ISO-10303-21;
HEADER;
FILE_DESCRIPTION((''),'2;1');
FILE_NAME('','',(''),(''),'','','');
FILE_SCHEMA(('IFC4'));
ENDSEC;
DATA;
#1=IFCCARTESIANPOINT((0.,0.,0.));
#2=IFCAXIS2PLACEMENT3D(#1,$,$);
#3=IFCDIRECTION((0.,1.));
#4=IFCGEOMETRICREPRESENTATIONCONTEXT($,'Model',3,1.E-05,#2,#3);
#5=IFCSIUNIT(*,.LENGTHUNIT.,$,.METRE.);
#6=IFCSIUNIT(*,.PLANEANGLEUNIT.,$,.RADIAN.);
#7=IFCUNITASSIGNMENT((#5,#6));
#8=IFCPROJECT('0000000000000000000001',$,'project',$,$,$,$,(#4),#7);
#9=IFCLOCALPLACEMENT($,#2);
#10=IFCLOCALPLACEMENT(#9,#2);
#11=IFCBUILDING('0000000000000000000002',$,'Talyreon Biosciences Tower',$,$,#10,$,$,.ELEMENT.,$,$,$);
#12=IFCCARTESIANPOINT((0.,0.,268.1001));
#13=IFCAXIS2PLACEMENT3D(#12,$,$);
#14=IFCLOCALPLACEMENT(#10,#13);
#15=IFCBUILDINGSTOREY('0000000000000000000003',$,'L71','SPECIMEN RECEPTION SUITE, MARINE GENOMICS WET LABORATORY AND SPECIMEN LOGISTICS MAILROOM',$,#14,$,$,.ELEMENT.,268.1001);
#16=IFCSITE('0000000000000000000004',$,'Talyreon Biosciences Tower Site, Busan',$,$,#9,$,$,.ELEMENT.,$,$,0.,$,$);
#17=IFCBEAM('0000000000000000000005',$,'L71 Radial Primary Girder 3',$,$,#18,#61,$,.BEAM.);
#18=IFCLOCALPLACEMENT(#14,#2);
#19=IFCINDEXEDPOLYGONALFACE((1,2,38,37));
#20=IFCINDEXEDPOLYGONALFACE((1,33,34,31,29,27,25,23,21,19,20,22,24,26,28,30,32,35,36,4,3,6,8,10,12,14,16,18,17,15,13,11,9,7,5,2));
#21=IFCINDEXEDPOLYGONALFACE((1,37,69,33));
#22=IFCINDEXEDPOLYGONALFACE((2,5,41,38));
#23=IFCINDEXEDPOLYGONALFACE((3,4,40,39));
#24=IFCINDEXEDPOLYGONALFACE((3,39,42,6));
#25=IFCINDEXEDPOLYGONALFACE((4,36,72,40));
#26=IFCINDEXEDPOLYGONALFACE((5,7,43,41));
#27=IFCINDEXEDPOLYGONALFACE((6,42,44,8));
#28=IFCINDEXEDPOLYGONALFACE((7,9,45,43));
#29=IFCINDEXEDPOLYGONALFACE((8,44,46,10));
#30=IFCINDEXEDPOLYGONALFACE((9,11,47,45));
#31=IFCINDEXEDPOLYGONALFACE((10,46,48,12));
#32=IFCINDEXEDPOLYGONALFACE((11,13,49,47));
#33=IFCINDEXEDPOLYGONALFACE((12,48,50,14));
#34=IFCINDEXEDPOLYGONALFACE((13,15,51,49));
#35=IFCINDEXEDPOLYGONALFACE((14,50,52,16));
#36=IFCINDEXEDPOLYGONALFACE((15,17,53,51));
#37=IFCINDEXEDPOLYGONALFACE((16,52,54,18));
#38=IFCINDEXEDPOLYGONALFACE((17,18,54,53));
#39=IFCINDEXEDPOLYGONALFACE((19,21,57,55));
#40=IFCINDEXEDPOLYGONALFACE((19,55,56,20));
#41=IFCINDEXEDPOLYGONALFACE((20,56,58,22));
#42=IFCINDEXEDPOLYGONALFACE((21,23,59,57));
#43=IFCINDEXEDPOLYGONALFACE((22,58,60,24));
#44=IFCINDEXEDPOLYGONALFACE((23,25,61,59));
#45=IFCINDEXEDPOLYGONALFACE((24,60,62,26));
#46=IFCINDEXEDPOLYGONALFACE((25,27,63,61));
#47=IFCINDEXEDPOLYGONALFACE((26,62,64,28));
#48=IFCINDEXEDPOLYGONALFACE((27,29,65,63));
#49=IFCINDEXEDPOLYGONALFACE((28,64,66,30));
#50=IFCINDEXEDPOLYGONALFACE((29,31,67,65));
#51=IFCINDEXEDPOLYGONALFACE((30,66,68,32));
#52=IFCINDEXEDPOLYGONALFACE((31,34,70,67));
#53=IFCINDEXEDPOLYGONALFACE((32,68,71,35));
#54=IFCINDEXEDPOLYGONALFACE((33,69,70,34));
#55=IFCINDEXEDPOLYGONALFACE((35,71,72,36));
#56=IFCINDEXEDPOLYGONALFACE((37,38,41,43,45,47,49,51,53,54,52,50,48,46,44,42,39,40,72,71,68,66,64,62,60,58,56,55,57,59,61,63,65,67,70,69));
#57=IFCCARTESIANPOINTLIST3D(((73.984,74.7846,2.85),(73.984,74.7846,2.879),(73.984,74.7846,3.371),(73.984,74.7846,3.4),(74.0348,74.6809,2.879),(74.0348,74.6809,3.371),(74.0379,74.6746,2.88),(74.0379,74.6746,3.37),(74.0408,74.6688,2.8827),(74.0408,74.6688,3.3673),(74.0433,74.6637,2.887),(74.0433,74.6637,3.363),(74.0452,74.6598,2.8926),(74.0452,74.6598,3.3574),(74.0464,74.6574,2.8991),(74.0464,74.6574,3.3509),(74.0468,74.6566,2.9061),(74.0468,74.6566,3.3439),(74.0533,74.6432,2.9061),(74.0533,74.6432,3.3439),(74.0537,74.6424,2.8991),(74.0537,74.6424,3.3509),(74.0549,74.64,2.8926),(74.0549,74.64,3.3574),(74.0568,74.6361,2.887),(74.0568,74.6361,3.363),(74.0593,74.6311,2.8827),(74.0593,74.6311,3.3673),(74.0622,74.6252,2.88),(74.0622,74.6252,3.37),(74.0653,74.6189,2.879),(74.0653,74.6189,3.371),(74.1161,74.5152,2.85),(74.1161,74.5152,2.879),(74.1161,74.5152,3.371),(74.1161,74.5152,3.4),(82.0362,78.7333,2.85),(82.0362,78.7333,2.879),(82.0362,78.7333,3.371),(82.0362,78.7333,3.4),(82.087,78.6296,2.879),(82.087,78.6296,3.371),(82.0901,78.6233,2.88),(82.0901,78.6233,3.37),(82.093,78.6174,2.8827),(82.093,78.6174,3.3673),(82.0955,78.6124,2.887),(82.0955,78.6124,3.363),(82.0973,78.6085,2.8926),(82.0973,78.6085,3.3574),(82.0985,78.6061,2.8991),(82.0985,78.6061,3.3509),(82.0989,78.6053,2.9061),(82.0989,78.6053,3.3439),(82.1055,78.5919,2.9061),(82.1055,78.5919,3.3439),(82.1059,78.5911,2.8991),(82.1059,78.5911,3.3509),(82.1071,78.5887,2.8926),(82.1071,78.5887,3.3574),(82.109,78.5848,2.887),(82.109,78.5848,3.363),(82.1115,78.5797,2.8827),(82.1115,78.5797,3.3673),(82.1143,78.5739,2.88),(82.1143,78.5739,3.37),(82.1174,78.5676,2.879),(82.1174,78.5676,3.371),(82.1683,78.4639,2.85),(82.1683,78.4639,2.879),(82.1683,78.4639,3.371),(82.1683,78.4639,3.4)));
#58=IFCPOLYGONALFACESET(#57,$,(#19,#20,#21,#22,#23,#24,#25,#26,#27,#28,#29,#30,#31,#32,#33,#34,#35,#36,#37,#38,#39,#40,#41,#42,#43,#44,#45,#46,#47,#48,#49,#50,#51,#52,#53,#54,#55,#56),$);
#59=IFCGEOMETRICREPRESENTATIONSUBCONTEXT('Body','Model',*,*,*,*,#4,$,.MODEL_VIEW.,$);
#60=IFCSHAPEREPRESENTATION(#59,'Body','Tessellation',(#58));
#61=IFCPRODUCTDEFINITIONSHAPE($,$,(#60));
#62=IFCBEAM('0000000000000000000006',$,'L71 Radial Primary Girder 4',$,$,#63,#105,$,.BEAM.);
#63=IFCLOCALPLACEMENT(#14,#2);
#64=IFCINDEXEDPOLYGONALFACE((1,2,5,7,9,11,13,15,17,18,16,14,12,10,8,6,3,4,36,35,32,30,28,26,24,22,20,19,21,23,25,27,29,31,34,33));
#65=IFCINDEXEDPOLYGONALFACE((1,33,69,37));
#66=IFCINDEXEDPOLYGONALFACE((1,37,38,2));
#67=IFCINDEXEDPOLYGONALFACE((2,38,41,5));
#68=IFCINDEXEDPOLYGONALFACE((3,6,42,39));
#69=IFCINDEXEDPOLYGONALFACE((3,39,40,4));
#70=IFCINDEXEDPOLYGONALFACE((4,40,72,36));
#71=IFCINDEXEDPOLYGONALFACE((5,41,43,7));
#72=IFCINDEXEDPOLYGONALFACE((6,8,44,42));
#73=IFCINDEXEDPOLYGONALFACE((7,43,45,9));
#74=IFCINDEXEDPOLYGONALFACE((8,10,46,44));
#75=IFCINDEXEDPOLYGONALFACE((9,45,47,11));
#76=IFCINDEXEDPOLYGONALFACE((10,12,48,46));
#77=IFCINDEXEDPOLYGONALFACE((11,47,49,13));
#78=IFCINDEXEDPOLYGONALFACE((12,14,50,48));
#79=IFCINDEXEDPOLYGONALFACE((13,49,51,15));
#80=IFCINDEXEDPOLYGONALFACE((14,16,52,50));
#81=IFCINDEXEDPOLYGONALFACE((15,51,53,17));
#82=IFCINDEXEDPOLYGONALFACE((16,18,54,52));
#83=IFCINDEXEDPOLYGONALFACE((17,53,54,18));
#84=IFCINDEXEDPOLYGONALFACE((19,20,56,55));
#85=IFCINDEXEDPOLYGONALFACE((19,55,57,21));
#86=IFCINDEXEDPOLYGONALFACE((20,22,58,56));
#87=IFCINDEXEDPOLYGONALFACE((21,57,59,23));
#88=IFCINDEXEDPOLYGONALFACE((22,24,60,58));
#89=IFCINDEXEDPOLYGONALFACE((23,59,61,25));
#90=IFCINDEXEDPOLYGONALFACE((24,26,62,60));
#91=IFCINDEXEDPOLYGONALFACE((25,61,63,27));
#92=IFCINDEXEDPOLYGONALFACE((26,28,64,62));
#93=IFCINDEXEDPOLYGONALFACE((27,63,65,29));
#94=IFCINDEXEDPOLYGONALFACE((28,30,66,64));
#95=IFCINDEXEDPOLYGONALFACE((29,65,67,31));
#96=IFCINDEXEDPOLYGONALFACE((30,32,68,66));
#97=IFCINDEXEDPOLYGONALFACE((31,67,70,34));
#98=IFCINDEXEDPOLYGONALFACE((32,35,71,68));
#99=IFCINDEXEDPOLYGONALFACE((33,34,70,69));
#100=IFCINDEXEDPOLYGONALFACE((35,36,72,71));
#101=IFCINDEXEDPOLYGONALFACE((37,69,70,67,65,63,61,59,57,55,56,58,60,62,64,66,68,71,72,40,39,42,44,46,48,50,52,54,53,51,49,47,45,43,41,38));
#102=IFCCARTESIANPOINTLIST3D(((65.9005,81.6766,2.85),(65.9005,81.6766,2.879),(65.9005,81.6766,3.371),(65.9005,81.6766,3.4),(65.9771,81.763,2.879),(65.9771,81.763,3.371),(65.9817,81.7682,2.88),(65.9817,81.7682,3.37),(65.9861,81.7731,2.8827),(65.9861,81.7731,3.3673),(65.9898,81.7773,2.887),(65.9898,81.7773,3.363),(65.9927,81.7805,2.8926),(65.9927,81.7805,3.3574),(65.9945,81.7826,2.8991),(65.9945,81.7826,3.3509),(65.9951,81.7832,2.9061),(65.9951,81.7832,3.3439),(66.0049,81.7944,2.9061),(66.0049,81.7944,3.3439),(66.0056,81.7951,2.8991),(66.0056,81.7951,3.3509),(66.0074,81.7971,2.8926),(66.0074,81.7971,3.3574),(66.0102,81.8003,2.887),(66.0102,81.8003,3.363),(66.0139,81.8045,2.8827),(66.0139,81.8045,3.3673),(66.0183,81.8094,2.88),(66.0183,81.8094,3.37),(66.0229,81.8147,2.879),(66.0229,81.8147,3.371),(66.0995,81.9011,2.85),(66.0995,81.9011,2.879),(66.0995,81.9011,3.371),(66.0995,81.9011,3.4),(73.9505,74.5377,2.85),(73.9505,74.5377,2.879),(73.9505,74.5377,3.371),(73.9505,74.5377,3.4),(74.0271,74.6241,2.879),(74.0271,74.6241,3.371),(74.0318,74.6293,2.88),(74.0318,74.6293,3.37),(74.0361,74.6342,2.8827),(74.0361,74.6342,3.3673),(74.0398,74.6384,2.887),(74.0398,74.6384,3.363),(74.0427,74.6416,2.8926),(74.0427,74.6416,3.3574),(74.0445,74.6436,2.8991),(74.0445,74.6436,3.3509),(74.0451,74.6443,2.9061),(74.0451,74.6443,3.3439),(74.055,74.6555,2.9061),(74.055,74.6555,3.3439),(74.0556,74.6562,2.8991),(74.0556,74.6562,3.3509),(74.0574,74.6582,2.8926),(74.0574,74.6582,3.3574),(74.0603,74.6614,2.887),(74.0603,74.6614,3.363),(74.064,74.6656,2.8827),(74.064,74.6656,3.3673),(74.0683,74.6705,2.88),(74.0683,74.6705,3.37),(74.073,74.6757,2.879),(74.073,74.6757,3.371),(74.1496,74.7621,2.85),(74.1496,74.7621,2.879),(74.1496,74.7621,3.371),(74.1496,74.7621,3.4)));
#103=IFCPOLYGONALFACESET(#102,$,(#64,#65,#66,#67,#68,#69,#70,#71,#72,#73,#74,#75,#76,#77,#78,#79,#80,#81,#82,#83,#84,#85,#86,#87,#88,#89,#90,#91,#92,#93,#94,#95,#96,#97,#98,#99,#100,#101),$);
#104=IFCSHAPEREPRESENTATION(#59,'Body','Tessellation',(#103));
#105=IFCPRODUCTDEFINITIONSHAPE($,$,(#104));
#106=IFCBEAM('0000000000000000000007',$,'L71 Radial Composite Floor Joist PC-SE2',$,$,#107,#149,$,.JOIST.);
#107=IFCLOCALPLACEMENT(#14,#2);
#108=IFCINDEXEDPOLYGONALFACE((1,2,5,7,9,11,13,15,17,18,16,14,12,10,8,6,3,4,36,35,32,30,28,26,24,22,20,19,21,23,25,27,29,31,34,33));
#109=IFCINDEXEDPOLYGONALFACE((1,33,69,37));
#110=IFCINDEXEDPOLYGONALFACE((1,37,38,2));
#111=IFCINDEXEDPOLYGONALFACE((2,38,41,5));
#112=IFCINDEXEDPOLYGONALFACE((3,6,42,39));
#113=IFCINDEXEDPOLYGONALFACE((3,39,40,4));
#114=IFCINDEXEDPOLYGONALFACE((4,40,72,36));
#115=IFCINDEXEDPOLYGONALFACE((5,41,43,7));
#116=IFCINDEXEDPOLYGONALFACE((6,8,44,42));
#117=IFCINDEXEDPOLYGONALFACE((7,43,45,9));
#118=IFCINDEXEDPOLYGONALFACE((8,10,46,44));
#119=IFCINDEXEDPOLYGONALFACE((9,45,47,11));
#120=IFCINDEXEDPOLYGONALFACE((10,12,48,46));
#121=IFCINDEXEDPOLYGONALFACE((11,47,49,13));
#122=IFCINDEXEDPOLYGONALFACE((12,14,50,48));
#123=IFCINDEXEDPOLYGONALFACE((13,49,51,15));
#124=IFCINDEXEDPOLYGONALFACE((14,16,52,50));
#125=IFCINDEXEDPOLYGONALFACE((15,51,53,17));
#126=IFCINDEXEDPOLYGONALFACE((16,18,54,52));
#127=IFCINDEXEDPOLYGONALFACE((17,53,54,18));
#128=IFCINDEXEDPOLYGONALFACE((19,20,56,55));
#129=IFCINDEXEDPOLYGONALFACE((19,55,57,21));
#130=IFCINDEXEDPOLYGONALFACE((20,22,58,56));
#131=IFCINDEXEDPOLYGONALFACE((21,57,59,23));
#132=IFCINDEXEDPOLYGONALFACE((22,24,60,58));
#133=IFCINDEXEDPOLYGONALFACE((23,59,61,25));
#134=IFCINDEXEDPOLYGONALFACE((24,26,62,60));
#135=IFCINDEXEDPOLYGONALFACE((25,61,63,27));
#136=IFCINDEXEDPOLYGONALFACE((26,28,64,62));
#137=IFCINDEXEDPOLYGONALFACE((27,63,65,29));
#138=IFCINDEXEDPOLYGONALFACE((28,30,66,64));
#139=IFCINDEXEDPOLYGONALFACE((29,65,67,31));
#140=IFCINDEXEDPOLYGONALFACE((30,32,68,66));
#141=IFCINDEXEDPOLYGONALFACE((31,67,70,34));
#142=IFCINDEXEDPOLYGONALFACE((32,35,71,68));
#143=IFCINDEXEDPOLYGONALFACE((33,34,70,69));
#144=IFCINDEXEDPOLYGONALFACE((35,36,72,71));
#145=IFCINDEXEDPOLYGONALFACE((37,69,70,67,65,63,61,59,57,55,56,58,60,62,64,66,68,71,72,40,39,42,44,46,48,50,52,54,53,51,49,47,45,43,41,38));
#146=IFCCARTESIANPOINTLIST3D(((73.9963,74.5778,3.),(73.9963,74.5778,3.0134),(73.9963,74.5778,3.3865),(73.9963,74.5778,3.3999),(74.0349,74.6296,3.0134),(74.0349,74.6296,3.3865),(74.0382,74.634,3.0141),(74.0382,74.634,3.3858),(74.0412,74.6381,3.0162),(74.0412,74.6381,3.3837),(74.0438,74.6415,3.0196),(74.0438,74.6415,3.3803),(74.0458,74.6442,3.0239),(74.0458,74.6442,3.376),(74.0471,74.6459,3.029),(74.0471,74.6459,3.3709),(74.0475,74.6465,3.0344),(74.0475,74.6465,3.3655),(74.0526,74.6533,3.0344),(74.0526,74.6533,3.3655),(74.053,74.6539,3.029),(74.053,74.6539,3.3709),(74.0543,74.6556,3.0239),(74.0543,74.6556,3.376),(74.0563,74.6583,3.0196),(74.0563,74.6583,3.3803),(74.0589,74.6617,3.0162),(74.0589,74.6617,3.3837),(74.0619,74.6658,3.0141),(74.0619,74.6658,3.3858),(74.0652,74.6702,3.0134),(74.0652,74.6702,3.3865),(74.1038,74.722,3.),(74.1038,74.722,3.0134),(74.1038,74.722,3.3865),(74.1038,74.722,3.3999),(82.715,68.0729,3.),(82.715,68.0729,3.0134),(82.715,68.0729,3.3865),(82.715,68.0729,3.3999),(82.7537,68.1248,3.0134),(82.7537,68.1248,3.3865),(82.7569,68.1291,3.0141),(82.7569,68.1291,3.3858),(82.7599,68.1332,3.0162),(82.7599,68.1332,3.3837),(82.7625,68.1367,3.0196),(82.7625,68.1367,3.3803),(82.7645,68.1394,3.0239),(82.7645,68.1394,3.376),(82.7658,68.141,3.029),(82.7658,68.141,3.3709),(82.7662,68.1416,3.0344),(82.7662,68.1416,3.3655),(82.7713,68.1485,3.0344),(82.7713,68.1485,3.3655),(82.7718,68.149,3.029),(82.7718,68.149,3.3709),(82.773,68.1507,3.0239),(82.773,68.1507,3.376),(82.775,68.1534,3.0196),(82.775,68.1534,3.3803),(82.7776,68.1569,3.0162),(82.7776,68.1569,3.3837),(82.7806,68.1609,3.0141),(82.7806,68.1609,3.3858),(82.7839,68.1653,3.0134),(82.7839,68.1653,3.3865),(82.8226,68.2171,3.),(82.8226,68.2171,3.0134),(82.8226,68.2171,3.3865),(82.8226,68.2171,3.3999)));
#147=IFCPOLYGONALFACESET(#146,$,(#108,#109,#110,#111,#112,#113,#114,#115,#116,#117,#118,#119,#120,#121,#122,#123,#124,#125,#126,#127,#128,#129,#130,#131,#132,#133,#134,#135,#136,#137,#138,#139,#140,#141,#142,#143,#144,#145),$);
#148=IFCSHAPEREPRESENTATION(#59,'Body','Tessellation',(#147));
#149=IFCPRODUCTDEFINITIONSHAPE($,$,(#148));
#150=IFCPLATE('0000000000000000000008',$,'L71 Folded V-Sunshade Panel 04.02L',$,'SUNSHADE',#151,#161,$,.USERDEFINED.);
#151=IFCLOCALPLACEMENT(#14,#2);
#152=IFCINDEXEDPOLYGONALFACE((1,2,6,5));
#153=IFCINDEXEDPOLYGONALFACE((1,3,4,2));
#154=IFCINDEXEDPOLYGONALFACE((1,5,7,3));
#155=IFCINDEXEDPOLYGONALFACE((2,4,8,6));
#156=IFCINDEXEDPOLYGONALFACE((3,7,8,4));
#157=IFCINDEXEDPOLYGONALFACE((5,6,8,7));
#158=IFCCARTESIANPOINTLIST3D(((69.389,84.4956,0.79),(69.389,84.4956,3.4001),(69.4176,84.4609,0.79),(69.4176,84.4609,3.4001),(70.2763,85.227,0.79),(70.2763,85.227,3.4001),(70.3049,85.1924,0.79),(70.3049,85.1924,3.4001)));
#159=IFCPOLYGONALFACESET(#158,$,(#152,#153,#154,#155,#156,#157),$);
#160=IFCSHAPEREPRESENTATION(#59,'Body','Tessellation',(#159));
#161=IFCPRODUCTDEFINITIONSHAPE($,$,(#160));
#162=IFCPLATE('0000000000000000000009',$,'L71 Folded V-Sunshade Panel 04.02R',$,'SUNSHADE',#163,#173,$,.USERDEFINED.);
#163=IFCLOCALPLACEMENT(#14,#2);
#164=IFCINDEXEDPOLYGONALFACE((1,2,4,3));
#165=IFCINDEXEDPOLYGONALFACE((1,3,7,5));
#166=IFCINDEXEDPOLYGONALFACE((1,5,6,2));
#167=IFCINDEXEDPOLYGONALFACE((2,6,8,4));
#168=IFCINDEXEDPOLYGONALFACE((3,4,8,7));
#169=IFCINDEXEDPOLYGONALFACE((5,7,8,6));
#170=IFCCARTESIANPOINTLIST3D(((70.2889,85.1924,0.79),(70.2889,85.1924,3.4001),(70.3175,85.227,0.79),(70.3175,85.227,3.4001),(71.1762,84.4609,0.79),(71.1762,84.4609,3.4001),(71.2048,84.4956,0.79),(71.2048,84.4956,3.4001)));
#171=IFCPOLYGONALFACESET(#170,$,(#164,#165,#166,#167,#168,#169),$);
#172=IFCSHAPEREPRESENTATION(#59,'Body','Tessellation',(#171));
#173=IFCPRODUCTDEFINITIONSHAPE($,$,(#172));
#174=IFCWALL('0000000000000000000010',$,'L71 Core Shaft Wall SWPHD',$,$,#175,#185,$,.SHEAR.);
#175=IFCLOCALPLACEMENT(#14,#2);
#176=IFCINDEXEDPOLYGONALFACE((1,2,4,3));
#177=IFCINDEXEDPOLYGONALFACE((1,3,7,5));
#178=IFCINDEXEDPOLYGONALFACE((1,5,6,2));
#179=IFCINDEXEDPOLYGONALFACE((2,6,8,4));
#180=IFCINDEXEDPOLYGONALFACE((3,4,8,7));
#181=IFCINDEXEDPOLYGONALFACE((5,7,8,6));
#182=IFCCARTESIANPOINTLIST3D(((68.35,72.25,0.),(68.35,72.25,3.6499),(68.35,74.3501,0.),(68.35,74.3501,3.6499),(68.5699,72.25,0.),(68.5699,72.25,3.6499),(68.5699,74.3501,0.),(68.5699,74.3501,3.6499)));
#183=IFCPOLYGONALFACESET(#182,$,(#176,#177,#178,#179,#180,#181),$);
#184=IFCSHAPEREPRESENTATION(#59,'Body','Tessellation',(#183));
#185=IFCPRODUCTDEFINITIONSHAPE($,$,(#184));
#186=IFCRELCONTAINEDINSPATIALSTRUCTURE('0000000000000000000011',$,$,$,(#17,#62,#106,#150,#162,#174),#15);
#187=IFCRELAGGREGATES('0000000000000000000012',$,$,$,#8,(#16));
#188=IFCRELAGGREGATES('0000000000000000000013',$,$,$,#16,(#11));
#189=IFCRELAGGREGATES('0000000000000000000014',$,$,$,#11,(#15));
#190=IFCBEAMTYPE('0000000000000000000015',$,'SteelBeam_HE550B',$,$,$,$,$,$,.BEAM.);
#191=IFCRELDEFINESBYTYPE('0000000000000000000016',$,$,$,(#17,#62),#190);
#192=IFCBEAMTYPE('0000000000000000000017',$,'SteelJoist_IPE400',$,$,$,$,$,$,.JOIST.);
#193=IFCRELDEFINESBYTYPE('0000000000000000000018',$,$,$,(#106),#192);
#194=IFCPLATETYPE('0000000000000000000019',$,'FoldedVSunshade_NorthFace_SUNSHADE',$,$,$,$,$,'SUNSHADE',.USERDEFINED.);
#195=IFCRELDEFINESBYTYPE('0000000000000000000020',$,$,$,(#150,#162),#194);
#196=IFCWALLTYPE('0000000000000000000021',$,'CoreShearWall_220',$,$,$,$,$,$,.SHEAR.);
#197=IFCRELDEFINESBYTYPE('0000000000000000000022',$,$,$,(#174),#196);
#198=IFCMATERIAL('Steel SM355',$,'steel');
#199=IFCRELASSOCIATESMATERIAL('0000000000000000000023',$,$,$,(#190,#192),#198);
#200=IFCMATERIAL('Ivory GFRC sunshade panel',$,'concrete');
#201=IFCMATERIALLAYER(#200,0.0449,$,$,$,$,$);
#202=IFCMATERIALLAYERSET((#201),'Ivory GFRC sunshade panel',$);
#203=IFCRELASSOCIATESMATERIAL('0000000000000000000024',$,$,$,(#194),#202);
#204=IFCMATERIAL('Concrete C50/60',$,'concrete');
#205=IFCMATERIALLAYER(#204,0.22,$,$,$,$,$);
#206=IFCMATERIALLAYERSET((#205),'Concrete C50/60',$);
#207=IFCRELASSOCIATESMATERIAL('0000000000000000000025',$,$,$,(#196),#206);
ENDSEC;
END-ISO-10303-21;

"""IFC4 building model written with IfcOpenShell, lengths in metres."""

from ifc_helpers import new_model, si_unit, direction, frame, frame_2d, origin, origin_2d, place, context, subcontext, project, spatial, rectangle, i_section, extrude, material, layer, layer_set, material_profile, profile_set, type_object, element, save


model = new_model("IFC4")

# Units and contexts
model_context = context("Model", 3, precision=1e-05, world=origin(), true_north=direction((0.0, 1.0)))
body_context = subcontext(model_context, "Body", "Model", "MODEL_VIEW")
ifc_project = project(units=[si_unit("LENGTHUNIT", "METRE"), si_unit("PLANEANGLEUNIT", "RADIAN")], contexts=[model_context])

# Site, building, storey
site_placement = place(None, origin())
site = spatial("IfcSite", under=ifc_project, at=site_placement, Name="Talyreon Biosciences Tower Site, Busan", CompositionType="ELEMENT", RefElevation=0.0)
building_placement = place(site_placement, origin())
building = spatial("IfcBuilding", under=site, at=building_placement, Name="Talyreon Biosciences Tower", CompositionType="ELEMENT")
storey_placement = place(building_placement, frame((0.0, 0.0, 268.1001)))
storey = spatial("IfcBuildingStorey", under=building, at=storey_placement, Name="L71", Description="SPECIMEN RECEPTION SUITE, MARINE GENOMICS WET LABORATORY AND SPECIMEN LOGISTICS MAILROOM", CompositionType="ELEMENT", Elevation=268.1001)

# Shared definitions
ifc_material_1 = material(Name="Concrete C50/60", Category="concrete")

# Beams
ifc_material_2 = material(Name="Steel SM355", Category="steel")
ifc_material_profile_1 = material_profile(ifc_material_2, i_section(OverallWidth=0.3, OverallDepth=0.55, WebThickness=0.0149, FlangeThickness=0.0291, FilletRadius=0.0271, at=origin_2d()), Name="HE550B")
ifc_profile_set_1 = profile_set([ifc_material_profile_1], Name="Steel SM355")
beam_type_1 = type_object("IfcBeamType", Name="SteelBeam_HE550B", PredefinedType="BEAM", material=ifc_profile_set_1)
beam_1_placement = place(storey_placement, frame((74.05, 74.6499, 3.125), z_axis=(0.897852, 0.440297, 0.0), x_axis=(-0.440297, 0.897852, 0.0)))
element("IfcBeam", 1, at=beam_1_placement, inside=storey, type_object=beam_type_1, Name="L71 Radial Primary Girder 3", PredefinedType="BEAM", context=body_context, shape_type="SweptSolid", body=[
    extrude(i_section(OverallWidth=0.3, OverallDepth=0.55, WebThickness=0.0149, FlangeThickness=0.0291, FilletRadius=0.0271, at=origin_2d()), origin(), (0.0, 0.0, 1.0), 8.9683),
])
beam_2_placement = place(storey_placement, frame((74.05, 74.6499, 3.125), z_axis=(-0.748179, 0.663497, 0.0), x_axis=(-0.663497, -0.748179, 0.0)))
element("IfcBeam", 2, at=beam_2_placement, inside=storey, type_object=beam_type_1, Name="L71 Radial Primary Girder 4", PredefinedType="BEAM", context=body_context, shape_type="SweptSolid", body=[
    extrude(i_section(OverallWidth=0.3, OverallDepth=0.55, WebThickness=0.0149, FlangeThickness=0.0291, FilletRadius=0.0271, at=origin_2d()), origin(), (0.0, 0.0, 1.0), 10.7595),
])
ifc_material_profile_2 = material_profile(ifc_material_2, i_section(OverallWidth=0.1799, OverallDepth=0.3999, WebThickness=0.0085, FlangeThickness=0.0134, FilletRadius=0.021, at=origin_2d()), Name="IPE400")
ifc_profile_set_2 = profile_set([ifc_material_profile_2], Name="Steel SM355")
beam_type_2 = type_object("IfcBeamType", Name="SteelJoist_IPE400", PredefinedType="JOIST", material=ifc_profile_set_2)
beam_3_placement = place(storey_placement, frame((74.05, 74.6499, 3.2), z_axis=(0.801506, -0.597987, 0.0), x_axis=(0.597987, 0.801506, 0.0)))
element("IfcBeam", 3, at=beam_3_placement, inside=storey, type_object=beam_type_2, Name="L71 Radial Composite Floor Joist PC-SE2", PredefinedType="JOIST", context=body_context, shape_type="SweptSolid", body=[
    extrude(i_section(OverallWidth=0.1799, OverallDepth=0.3999, WebThickness=0.0085, FlangeThickness=0.0134, FilletRadius=0.021, at=origin_2d()), origin(), (0.0, 0.0, 1.0), 10.8779),
])

# Plates
ifc_material_3 = material(Name="Ivory GFRC sunshade panel", Category="concrete")
ifc_layer_1 = layer(ifc_material_3, 0.0449)
ifc_layer_set_1 = layer_set([ifc_layer_1], Name="Ivory GFRC sunshade panel")
plate_type = type_object("IfcPlateType", Name="FoldedVSunshade_NorthFace_SUNSHADE", ElementType="SUNSHADE", PredefinedType="USERDEFINED", material=ifc_layer_set_1)
for number, where, z_axis, x_axis, name in (
    (4, (69.8469, 84.844, 0.79), (0.0, 0.0, 1.0), (0.771625, 0.636078, 0.0), "L71 Folded V-Sunshade Panel 04.02L"),
    (5, (70.7468, 84.844, 0.79), (0.0, 0.0, 1.0), (0.771625, -0.636078, 0.0), "L71 Folded V-Sunshade Panel 04.02R"),
):
    element("IfcPlate", number, at=place(storey_placement, frame(where, z_axis=z_axis, x_axis=x_axis)), inside=storey, type_object=plate_type, Name=name, ObjectType="SUNSHADE", PredefinedType="USERDEFINED", context=body_context, shape_type="SweptSolid", body=[
        extrude(rectangle(XDim=1.1499, YDim=0.0449, at=origin_2d()), origin(), (0.0, 0.0, 1.0), 2.6101),
    ])

# Wall
ifc_layer_2 = layer(ifc_material_1, 0.22)
ifc_layer_set_2 = layer_set([ifc_layer_2], Name="Concrete C50/60")
wall_type_1 = type_object("IfcWallType", Name="CoreShearWall_220", PredefinedType="SHEAR", material=ifc_layer_set_2)
wall_1_placement = place(storey_placement, frame((68.46, 72.25, 0.0), z_axis=(0.0, 0.0, 1.0), x_axis=(0.0, 1.0, 0.0)))
element("IfcWall", 6, at=wall_1_placement, inside=storey, type_object=wall_type_1, Name="L71 Core Shaft Wall SWPHD", PredefinedType="SHEAR", context=body_context, shape_type="SweptSolid", body=[
    extrude(rectangle(XDim=2.1001, YDim=0.22, at=frame_2d((1.05, 0.0))), origin(), (0.0, 0.0, 1.0), 3.6499),
])

save(model, "model.ifc")
